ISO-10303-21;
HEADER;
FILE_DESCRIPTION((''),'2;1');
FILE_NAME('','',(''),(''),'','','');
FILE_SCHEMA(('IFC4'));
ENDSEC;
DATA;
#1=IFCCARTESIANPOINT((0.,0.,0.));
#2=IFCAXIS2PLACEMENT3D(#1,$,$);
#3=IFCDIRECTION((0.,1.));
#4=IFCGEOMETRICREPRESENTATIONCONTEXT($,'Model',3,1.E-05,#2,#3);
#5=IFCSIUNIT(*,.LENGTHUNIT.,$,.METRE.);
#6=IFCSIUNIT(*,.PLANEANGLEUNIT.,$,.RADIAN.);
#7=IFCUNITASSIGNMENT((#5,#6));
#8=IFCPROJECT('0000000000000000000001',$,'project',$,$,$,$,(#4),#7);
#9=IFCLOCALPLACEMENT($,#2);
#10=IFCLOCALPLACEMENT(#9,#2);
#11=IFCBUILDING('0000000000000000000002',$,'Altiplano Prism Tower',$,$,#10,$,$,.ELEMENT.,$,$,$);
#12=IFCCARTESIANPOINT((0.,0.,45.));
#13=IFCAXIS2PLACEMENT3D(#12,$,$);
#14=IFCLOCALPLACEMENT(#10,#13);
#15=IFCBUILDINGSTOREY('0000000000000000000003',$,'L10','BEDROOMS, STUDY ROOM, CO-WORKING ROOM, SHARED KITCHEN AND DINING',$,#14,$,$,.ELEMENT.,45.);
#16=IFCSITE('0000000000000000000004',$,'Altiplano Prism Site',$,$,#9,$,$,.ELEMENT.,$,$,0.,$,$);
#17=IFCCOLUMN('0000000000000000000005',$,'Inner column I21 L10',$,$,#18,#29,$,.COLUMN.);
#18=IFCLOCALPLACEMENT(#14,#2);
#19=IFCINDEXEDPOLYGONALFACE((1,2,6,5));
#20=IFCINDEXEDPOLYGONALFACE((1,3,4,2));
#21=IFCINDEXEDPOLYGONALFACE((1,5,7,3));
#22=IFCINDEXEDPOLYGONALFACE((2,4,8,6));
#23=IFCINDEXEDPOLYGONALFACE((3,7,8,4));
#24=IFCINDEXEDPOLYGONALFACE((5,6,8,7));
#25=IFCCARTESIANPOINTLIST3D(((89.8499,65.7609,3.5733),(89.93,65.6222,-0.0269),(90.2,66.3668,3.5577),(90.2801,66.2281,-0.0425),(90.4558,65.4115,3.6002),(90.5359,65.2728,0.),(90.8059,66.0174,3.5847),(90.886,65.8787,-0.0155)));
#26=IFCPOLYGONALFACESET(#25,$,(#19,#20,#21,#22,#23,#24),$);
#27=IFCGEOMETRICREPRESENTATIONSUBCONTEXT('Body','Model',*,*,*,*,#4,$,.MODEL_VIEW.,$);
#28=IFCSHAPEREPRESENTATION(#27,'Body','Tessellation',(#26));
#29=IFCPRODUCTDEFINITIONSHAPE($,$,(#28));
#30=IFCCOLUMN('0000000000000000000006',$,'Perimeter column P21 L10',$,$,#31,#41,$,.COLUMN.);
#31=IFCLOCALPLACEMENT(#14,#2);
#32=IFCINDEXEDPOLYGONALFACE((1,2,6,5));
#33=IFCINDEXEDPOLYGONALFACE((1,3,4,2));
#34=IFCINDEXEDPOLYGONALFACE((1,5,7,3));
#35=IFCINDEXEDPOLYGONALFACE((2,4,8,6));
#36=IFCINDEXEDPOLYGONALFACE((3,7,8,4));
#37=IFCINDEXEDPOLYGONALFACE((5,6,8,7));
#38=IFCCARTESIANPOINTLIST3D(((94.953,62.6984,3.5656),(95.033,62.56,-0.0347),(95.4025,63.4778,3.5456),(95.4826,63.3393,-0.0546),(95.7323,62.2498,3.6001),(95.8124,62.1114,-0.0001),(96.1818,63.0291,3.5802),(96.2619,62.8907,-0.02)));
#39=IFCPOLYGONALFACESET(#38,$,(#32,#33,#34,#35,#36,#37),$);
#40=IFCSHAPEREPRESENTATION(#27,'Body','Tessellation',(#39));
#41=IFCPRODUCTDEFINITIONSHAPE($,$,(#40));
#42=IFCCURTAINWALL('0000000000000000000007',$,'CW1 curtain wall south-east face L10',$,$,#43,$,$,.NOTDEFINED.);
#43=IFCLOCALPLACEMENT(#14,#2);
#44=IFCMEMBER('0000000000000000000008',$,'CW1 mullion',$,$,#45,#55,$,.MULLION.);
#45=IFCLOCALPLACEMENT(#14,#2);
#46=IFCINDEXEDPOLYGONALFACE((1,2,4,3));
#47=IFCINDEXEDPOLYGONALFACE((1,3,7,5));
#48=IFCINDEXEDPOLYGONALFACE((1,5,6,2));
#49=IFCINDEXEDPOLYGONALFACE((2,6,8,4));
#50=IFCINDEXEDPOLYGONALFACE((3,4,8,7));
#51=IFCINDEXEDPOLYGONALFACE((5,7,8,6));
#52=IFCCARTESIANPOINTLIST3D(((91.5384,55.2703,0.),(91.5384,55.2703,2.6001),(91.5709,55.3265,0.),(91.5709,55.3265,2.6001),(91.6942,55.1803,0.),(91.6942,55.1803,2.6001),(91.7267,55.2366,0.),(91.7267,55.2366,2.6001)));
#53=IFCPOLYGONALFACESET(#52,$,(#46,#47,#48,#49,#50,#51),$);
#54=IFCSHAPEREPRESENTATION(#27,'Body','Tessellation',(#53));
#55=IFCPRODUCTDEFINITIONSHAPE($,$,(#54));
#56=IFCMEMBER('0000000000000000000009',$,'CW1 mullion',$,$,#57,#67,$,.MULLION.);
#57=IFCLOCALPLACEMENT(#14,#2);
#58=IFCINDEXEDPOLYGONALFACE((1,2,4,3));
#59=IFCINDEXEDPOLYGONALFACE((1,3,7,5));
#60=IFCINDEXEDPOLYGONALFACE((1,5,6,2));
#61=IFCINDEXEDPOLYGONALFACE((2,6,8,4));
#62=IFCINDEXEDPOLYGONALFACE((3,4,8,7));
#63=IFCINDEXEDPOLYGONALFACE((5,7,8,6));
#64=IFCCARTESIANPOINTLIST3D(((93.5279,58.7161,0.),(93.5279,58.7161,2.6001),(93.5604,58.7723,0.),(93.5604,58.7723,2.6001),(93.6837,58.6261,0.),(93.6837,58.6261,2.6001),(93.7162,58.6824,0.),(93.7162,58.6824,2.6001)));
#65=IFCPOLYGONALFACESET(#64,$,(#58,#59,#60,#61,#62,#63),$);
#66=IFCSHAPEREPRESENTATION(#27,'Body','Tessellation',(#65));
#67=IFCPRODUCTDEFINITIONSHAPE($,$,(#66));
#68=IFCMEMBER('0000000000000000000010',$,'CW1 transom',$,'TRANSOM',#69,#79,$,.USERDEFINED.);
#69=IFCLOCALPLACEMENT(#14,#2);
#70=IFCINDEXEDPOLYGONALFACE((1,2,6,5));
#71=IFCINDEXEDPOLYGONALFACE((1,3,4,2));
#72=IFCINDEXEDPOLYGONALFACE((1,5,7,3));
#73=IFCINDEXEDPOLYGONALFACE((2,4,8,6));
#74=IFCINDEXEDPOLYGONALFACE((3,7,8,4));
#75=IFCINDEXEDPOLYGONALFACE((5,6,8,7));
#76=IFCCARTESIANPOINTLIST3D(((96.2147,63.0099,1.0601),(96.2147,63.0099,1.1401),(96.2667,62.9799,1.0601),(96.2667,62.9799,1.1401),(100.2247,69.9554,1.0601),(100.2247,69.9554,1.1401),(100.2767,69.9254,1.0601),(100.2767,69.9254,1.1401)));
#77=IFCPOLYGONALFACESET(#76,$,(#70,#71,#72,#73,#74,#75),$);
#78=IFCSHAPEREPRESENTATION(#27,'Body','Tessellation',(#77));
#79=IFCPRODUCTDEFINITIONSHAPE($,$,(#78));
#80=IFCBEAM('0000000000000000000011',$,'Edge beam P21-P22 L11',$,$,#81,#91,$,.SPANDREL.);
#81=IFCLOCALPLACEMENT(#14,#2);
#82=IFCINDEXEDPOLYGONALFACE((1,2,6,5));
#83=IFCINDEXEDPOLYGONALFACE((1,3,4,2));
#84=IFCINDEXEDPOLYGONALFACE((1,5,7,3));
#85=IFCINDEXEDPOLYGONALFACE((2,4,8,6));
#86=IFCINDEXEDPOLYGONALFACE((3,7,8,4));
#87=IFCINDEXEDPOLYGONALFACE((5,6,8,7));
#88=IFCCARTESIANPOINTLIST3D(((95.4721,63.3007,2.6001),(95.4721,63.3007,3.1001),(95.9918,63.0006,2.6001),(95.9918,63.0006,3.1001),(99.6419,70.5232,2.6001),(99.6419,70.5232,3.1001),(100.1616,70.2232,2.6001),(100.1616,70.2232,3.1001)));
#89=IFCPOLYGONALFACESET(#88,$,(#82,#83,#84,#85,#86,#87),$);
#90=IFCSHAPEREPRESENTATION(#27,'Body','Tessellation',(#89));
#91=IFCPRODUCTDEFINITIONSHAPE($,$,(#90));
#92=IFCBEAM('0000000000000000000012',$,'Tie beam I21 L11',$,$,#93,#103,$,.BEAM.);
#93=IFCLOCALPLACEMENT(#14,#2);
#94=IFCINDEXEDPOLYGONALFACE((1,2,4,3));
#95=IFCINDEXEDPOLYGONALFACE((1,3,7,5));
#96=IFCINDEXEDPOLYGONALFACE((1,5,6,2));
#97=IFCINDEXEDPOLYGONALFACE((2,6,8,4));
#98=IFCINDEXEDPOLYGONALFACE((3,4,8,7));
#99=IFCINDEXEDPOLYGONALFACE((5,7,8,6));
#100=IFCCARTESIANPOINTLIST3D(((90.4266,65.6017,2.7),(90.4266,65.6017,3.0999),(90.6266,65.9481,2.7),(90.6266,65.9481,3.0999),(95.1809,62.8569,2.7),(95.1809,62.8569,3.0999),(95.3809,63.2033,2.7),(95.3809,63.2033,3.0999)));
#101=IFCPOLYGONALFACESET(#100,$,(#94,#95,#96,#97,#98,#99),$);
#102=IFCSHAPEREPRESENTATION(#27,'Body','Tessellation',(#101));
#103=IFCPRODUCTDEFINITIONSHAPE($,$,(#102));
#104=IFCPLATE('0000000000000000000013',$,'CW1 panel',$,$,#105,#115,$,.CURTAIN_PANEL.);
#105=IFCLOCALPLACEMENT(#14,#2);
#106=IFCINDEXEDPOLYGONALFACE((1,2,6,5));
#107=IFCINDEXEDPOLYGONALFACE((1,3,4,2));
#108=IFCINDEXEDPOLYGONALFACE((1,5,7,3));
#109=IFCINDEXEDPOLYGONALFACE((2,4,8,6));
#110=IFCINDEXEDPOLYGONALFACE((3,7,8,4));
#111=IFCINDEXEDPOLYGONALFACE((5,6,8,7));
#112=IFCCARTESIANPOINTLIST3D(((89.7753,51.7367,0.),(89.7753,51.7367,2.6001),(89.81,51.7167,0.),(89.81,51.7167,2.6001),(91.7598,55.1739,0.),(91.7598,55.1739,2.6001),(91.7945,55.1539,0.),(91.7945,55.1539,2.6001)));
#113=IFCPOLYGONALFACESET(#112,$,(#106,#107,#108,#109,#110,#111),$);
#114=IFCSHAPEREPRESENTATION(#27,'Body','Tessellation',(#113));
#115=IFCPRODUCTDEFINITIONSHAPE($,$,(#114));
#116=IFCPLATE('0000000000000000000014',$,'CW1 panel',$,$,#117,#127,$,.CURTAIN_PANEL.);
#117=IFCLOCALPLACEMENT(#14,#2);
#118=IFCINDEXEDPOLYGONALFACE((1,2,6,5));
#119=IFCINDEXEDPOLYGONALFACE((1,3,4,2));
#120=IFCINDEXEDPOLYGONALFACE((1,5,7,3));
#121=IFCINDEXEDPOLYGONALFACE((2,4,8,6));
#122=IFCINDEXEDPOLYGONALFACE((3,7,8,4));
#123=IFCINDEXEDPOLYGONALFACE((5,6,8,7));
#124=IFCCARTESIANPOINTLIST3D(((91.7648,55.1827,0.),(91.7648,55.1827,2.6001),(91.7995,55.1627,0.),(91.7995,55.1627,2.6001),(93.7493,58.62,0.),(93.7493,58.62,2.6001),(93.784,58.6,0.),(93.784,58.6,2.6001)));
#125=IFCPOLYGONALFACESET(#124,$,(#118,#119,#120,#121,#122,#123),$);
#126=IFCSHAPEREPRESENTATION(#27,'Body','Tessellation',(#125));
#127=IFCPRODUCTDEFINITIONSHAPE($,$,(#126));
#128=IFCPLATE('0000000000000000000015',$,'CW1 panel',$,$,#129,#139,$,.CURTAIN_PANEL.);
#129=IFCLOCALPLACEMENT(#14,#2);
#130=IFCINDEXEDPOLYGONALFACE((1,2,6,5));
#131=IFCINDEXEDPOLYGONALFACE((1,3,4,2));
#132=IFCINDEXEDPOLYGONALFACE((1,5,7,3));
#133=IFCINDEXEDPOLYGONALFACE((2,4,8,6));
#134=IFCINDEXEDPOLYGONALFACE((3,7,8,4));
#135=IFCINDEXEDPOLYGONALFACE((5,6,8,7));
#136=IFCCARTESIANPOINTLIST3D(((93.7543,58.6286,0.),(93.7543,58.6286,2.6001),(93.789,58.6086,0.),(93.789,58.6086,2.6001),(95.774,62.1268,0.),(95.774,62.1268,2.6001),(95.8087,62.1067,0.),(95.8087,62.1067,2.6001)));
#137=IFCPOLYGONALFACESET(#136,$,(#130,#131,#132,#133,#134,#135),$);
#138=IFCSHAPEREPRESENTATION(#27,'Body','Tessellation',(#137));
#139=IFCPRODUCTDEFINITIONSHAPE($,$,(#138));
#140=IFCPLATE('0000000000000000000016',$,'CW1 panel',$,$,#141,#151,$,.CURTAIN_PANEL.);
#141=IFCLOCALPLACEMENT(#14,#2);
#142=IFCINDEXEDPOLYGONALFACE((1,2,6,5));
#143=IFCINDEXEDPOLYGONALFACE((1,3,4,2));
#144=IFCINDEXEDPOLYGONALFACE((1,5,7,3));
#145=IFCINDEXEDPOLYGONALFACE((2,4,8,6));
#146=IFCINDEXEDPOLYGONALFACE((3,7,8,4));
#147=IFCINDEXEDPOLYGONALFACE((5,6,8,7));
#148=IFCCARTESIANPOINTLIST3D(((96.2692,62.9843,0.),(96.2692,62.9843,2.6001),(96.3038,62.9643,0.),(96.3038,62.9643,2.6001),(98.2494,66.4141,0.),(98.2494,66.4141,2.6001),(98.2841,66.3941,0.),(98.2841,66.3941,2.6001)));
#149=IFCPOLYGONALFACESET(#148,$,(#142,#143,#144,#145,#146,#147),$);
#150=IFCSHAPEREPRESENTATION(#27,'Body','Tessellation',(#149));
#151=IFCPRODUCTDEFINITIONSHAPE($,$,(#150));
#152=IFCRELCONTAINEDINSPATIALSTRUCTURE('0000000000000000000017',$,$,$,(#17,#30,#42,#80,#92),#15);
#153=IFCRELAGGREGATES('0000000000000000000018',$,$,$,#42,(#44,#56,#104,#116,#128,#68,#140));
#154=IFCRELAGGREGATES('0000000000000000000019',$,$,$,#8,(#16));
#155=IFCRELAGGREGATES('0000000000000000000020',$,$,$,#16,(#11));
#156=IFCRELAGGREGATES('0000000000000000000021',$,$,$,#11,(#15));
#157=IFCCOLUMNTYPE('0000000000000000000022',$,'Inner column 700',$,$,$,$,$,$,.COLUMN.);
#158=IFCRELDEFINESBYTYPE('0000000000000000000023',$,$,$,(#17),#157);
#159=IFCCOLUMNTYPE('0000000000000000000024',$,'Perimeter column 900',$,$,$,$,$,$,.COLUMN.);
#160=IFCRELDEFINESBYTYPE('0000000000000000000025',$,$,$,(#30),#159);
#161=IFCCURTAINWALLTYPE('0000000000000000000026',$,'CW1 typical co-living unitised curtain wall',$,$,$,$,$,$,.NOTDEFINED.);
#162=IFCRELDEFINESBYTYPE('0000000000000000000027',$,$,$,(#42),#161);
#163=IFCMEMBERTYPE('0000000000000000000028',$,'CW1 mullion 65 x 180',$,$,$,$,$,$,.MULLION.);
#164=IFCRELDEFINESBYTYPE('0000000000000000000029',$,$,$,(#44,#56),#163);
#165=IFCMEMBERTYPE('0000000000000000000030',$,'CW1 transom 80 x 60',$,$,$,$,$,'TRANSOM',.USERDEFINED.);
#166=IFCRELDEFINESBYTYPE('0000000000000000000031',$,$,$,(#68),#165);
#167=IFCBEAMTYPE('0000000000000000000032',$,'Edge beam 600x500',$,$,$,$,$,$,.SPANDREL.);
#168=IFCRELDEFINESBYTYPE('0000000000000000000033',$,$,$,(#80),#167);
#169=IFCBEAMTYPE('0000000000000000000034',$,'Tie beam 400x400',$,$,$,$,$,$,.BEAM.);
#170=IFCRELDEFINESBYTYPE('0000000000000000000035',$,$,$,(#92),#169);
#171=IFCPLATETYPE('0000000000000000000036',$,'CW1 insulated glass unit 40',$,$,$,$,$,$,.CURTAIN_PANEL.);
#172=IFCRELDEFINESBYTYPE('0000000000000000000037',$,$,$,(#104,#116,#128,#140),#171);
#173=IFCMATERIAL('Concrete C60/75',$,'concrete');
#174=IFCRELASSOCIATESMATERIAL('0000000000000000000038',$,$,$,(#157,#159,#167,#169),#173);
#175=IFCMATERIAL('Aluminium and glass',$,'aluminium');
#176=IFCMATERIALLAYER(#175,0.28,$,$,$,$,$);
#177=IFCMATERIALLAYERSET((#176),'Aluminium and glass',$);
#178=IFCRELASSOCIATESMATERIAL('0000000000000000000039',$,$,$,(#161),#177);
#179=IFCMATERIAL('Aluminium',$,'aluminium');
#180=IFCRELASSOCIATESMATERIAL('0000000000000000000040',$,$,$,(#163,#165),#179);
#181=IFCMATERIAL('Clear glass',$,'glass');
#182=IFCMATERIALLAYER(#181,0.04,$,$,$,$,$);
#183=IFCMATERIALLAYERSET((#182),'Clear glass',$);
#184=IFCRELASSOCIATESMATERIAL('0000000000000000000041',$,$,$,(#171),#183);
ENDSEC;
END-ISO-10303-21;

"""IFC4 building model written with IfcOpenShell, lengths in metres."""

from ifc_helpers import new_model, si_unit, direction, frame, origin, origin_2d, place, context, subcontext, project, spatial, rectangle, extrude, material, layer, layer_set, material_profile, profile_set, type_object, element, aggregate, save


model = new_model("IFC4")

# Units and contexts
model_context = context("Model", 3, precision=1e-05, world=origin(), true_north=direction((0.0, 1.0)))
body_context = subcontext(model_context, "Body", "Model", "MODEL_VIEW")
ifc_project = project(units=[si_unit("LENGTHUNIT", "METRE"), si_unit("PLANEANGLEUNIT", "RADIAN")], contexts=[model_context])

# Site, building, storey
site_placement = place(None, origin())
site = spatial("IfcSite", under=ifc_project, at=site_placement, Name="Altiplano Prism Site", CompositionType="ELEMENT", RefElevation=0.0)
building_placement = place(site_placement, origin())
building = spatial("IfcBuilding", under=site, at=building_placement, Name="Altiplano Prism Tower", CompositionType="ELEMENT")
storey_placement = place(building_placement, frame((0.0, 0.0, 45.0)))
storey = spatial("IfcBuildingStorey", under=building, at=storey_placement, Name="L10", Description="BEDROOMS, STUDY ROOM, CO-WORKING ROOM, SHARED KITCHEN AND DINING", CompositionType="ELEMENT", Elevation=45.0)

# Columns
ifc_material_1 = material(Name="Concrete C60/75", Category="concrete")
ifc_material_profile_1 = material_profile(ifc_material_1, rectangle(XDim=0.7, YDim=0.7, at=origin_2d()), Name="Inner column 700")
ifc_profile_set_1 = profile_set([ifc_material_profile_1], Name="Concrete C60/75")
column_type_1 = type_object("IfcColumnType", Name="Inner column 700", PredefinedType="COLUMN", material=ifc_profile_set_1)
column_1_placement = place(storey_placement, frame((90.408, 65.7505, -0.0212), z_axis=(-0.022221, 0.038481, 0.999012), x_axis=(-0.500177, -0.865638, 0.022218)))
element("IfcColumn", 1, at=column_1_placement, inside=storey, type_object=column_type_1, Name="Inner column I21 L10", PredefinedType="COLUMN", context=body_context, shape_type="SweptSolid", body=[
    extrude(rectangle(XDim=0.7, YDim=0.7, at=origin_2d()), origin(), (0.0, 0.0, 1.0), 3.6038),
])
ifc_material_profile_2 = material_profile(ifc_material_1, rectangle(XDim=0.8999, YDim=0.8999, at=origin_2d()), Name="Perimeter column 900")
ifc_profile_set_2 = profile_set([ifc_material_profile_2], Name="Concrete C60/75")
column_type_2 = type_object("IfcColumnType", Name="Perimeter column 900", PredefinedType="COLUMN", material=ifc_profile_set_2)
column_2_placement = place(storey_placement, frame((95.6475, 62.7253, -0.0273), z_axis=(-0.022221, 0.038413, 0.999015), x_axis=(-0.499516, -0.866021, 0.022189)))
element("IfcColumn", 2, at=column_2_placement, inside=storey, type_object=column_type_2, Name="Perimeter column P21 L10", PredefinedType="COLUMN", context=body_context, shape_type="SweptSolid", body=[
    extrude(rectangle(XDim=0.8999, YDim=0.8999, at=origin_2d()), origin(), (0.0, 0.0, 1.0), 3.6038),
])

# Curtain wall, members
ifc_material_2 = material(Name="Aluminium and glass", Category="aluminium")
ifc_layer_1 = layer(ifc_material_2, 0.28)
ifc_layer_set_1 = layer_set([ifc_layer_1], Name="Aluminium and glass")
curtain_wall_type = type_object("IfcCurtainWallType", Name="CW1 typical co-living unitised curtain wall", PredefinedType="NOTDEFINED", material=ifc_layer_set_1)
curtain_wall_placement = place(storey_placement, origin())
curtain_wall = element("IfcCurtainWall", 3, at=curtain_wall_placement, inside=storey, type_object=curtain_wall_type, Name="CW1 curtain wall south-east face L10", PredefinedType="NOTDEFINED")
ifc_material_3 = material(Name="Aluminium", Category="aluminium")
ifc_material_profile_3 = material_profile(ifc_material_3, rectangle(XDim=0.1799, YDim=0.0649, at=origin_2d()), Name="CW1 mullion 65 x 180")
ifc_profile_set_3 = profile_set([ifc_material_profile_3], Name="Aluminium")
member_type_1 = type_object("IfcMemberType", Name="CW1 mullion 65 x 180", PredefinedType="MULLION", material=ifc_profile_set_3)
member_1_placement = place(storey_placement, frame((91.6326, 55.2534, 0.0), z_axis=(0.0, 0.0, 1.0), x_axis=(-0.866025, 0.5, 0.0)))
member_1 = element("IfcMember", 4, at=member_1_placement, type_object=member_type_1, Name="CW1 mullion", PredefinedType="MULLION", context=body_context, shape_type="SweptSolid", body=[
    extrude(rectangle(XDim=0.1799, YDim=0.0649, at=origin_2d()), origin(), (0.0, 0.0, 1.0), 2.6001),
])
member_2_placement = place(storey_placement, frame((93.6221, 58.6992, 0.0), z_axis=(0.0, 0.0, 1.0), x_axis=(-0.866025, 0.5, 0.0)))
member_2 = element("IfcMember", 5, at=member_2_placement, type_object=member_type_1, Name="CW1 mullion", PredefinedType="MULLION", context=body_context, shape_type="SweptSolid", body=[
    extrude(rectangle(XDim=0.1799, YDim=0.0649, at=origin_2d()), origin(), (0.0, 0.0, 1.0), 2.6001),
])
ifc_material_profile_4 = material_profile(ifc_material_3, rectangle(XDim=0.0601, YDim=0.0801, at=origin_2d()), Name="CW1 transom 80 x 60")
ifc_profile_set_4 = profile_set([ifc_material_profile_4], Name="Aluminium")
member_type_2 = type_object("IfcMemberType", Name="CW1 transom 80 x 60", ElementType="TRANSOM", PredefinedType="USERDEFINED", material=ifc_profile_set_4)
member_3_placement = place(storey_placement, frame((96.2407, 62.9949, 1.1001), z_axis=(0.499999, 0.866026, 0.0), x_axis=(-0.866026, 0.499999, 0.0)))
member_3 = element("IfcMember", 6, at=member_3_placement, type_object=member_type_2, Name="CW1 transom", ObjectType="TRANSOM", PredefinedType="USERDEFINED", context=body_context, shape_type="SweptSolid", body=[
    extrude(rectangle(XDim=0.0601, YDim=0.0801, at=origin_2d()), origin(), (0.0, 0.0, 1.0), 8.02),
])

# Beams
ifc_material_profile_5 = material_profile(ifc_material_1, rectangle(XDim=0.6001, YDim=0.5, at=origin_2d()), Name="Edge beam 600x500")
ifc_profile_set_5 = profile_set([ifc_material_profile_5], Name="Concrete C60/75")
beam_type_1 = type_object("IfcBeamType", Name="Edge beam 600x500", PredefinedType="SPANDREL", material=ifc_profile_set_5)
beam_1_placement = place(storey_placement, frame((95.7319, 63.1506, 2.8501), z_axis=(0.499993, 0.86603, 0.0), x_axis=(-0.86603, 0.499993, 0.0)))
element("IfcBeam", 7, at=beam_1_placement, inside=storey, type_object=beam_type_1, Name="Edge beam P21-P22 L11", PredefinedType="SPANDREL", context=body_context, shape_type="SweptSolid", body=[
    extrude(rectangle(XDim=0.6001, YDim=0.5, at=origin_2d()), origin(), (0.0, 0.0, 1.0), 8.3398),
])
ifc_material_profile_6 = material_profile(ifc_material_1, rectangle(XDim=0.3999, YDim=0.3999, at=origin_2d()), Name="Tie beam 400x400")
ifc_profile_set_6 = profile_set([ifc_material_profile_6], Name="Concrete C60/75")
beam_type_2 = type_object("IfcBeamType", Name="Tie beam 400x400", PredefinedType="BEAM", material=ifc_profile_set_6)
beam_2_placement = place(storey_placement, frame((90.5266, 65.7749, 2.8999), z_axis=(0.866032, -0.499989, 0.0), x_axis=(0.499989, 0.866032, 0.0)))
element("IfcBeam", 8, at=beam_2_placement, inside=storey, type_object=beam_type_2, Name="Tie beam I21 L11", PredefinedType="BEAM", context=body_context, shape_type="SweptSolid", body=[
    extrude(rectangle(XDim=0.3999, YDim=0.3999, at=origin_2d()), origin(), (0.0, 0.0, 1.0), 5.4897),
])

# Plates
ifc_material_4 = material(Name="Clear glass", Category="glass")
ifc_layer_2 = layer(ifc_material_4, 0.04)
ifc_layer_set_2 = layer_set([ifc_layer_2], Name="Clear glass")
plate_type = type_object("IfcPlateType", Name="CW1 insulated glass unit 40", PredefinedType="CURTAIN_PANEL", material=ifc_layer_set_2)
plate_1_placement = place(storey_placement, frame((90.7849, 53.4453, 0.0), z_axis=(0.0, 0.0, 1.0), x_axis=(0.5, 0.866025, 0.0)))
plate_1 = element("IfcPlate", 9, at=plate_1_placement, type_object=plate_type, Name="CW1 panel", PredefinedType="CURTAIN_PANEL", context=body_context, shape_type="SweptSolid", body=[
    extrude(rectangle(XDim=3.969, YDim=0.04, at=origin_2d()), origin(), (0.0, 0.0, 1.0), 2.6001),
])
plate_2_placement = place(storey_placement, frame((92.7744, 56.8914, 0.0), z_axis=(0.0, 0.0, 1.0), x_axis=(0.5, 0.866025, 0.0)))
plate_2 = element("IfcPlate", 10, at=plate_2_placement, type_object=plate_type, Name="CW1 panel", PredefinedType="CURTAIN_PANEL", context=body_context, shape_type="SweptSolid", body=[
    extrude(rectangle(XDim=3.969, YDim=0.04, at=origin_2d()), origin(), (0.0, 0.0, 1.0), 2.6001),
])
plate_3_placement = place(storey_placement, frame((94.7815, 60.3677, 0.0), z_axis=(0.0, 0.0, 1.0), x_axis=(0.5, 0.866025, 0.0)))
plate_3 = element("IfcPlate", 11, at=plate_3_placement, type_object=plate_type, Name="CW1 panel", PredefinedType="CURTAIN_PANEL", context=body_context, shape_type="SweptSolid", body=[
    extrude(rectangle(XDim=4.0393, YDim=0.04, at=origin_2d()), origin(), (0.0, 0.0, 1.0), 2.6001),
])
plate_4_placement = place(storey_placement, frame((97.2766, 64.6892, 0.0), z_axis=(0.0, 0.0, 1.0), x_axis=(0.5, 0.866025, 0.0)))
plate_4 = element("IfcPlate", 12, at=plate_4_placement, type_object=plate_type, Name="CW1 panel", PredefinedType="CURTAIN_PANEL", context=body_context, shape_type="SweptSolid", body=[
    extrude(rectangle(XDim=3.9604, YDim=0.04, at=origin_2d()), origin(), (0.0, 0.0, 1.0), 2.6001),
])
aggregate(curtain_wall, [member_1, member_2, plate_1, plate_2, plate_3, member_3, plate_4])

save(model, "model.ifc")
